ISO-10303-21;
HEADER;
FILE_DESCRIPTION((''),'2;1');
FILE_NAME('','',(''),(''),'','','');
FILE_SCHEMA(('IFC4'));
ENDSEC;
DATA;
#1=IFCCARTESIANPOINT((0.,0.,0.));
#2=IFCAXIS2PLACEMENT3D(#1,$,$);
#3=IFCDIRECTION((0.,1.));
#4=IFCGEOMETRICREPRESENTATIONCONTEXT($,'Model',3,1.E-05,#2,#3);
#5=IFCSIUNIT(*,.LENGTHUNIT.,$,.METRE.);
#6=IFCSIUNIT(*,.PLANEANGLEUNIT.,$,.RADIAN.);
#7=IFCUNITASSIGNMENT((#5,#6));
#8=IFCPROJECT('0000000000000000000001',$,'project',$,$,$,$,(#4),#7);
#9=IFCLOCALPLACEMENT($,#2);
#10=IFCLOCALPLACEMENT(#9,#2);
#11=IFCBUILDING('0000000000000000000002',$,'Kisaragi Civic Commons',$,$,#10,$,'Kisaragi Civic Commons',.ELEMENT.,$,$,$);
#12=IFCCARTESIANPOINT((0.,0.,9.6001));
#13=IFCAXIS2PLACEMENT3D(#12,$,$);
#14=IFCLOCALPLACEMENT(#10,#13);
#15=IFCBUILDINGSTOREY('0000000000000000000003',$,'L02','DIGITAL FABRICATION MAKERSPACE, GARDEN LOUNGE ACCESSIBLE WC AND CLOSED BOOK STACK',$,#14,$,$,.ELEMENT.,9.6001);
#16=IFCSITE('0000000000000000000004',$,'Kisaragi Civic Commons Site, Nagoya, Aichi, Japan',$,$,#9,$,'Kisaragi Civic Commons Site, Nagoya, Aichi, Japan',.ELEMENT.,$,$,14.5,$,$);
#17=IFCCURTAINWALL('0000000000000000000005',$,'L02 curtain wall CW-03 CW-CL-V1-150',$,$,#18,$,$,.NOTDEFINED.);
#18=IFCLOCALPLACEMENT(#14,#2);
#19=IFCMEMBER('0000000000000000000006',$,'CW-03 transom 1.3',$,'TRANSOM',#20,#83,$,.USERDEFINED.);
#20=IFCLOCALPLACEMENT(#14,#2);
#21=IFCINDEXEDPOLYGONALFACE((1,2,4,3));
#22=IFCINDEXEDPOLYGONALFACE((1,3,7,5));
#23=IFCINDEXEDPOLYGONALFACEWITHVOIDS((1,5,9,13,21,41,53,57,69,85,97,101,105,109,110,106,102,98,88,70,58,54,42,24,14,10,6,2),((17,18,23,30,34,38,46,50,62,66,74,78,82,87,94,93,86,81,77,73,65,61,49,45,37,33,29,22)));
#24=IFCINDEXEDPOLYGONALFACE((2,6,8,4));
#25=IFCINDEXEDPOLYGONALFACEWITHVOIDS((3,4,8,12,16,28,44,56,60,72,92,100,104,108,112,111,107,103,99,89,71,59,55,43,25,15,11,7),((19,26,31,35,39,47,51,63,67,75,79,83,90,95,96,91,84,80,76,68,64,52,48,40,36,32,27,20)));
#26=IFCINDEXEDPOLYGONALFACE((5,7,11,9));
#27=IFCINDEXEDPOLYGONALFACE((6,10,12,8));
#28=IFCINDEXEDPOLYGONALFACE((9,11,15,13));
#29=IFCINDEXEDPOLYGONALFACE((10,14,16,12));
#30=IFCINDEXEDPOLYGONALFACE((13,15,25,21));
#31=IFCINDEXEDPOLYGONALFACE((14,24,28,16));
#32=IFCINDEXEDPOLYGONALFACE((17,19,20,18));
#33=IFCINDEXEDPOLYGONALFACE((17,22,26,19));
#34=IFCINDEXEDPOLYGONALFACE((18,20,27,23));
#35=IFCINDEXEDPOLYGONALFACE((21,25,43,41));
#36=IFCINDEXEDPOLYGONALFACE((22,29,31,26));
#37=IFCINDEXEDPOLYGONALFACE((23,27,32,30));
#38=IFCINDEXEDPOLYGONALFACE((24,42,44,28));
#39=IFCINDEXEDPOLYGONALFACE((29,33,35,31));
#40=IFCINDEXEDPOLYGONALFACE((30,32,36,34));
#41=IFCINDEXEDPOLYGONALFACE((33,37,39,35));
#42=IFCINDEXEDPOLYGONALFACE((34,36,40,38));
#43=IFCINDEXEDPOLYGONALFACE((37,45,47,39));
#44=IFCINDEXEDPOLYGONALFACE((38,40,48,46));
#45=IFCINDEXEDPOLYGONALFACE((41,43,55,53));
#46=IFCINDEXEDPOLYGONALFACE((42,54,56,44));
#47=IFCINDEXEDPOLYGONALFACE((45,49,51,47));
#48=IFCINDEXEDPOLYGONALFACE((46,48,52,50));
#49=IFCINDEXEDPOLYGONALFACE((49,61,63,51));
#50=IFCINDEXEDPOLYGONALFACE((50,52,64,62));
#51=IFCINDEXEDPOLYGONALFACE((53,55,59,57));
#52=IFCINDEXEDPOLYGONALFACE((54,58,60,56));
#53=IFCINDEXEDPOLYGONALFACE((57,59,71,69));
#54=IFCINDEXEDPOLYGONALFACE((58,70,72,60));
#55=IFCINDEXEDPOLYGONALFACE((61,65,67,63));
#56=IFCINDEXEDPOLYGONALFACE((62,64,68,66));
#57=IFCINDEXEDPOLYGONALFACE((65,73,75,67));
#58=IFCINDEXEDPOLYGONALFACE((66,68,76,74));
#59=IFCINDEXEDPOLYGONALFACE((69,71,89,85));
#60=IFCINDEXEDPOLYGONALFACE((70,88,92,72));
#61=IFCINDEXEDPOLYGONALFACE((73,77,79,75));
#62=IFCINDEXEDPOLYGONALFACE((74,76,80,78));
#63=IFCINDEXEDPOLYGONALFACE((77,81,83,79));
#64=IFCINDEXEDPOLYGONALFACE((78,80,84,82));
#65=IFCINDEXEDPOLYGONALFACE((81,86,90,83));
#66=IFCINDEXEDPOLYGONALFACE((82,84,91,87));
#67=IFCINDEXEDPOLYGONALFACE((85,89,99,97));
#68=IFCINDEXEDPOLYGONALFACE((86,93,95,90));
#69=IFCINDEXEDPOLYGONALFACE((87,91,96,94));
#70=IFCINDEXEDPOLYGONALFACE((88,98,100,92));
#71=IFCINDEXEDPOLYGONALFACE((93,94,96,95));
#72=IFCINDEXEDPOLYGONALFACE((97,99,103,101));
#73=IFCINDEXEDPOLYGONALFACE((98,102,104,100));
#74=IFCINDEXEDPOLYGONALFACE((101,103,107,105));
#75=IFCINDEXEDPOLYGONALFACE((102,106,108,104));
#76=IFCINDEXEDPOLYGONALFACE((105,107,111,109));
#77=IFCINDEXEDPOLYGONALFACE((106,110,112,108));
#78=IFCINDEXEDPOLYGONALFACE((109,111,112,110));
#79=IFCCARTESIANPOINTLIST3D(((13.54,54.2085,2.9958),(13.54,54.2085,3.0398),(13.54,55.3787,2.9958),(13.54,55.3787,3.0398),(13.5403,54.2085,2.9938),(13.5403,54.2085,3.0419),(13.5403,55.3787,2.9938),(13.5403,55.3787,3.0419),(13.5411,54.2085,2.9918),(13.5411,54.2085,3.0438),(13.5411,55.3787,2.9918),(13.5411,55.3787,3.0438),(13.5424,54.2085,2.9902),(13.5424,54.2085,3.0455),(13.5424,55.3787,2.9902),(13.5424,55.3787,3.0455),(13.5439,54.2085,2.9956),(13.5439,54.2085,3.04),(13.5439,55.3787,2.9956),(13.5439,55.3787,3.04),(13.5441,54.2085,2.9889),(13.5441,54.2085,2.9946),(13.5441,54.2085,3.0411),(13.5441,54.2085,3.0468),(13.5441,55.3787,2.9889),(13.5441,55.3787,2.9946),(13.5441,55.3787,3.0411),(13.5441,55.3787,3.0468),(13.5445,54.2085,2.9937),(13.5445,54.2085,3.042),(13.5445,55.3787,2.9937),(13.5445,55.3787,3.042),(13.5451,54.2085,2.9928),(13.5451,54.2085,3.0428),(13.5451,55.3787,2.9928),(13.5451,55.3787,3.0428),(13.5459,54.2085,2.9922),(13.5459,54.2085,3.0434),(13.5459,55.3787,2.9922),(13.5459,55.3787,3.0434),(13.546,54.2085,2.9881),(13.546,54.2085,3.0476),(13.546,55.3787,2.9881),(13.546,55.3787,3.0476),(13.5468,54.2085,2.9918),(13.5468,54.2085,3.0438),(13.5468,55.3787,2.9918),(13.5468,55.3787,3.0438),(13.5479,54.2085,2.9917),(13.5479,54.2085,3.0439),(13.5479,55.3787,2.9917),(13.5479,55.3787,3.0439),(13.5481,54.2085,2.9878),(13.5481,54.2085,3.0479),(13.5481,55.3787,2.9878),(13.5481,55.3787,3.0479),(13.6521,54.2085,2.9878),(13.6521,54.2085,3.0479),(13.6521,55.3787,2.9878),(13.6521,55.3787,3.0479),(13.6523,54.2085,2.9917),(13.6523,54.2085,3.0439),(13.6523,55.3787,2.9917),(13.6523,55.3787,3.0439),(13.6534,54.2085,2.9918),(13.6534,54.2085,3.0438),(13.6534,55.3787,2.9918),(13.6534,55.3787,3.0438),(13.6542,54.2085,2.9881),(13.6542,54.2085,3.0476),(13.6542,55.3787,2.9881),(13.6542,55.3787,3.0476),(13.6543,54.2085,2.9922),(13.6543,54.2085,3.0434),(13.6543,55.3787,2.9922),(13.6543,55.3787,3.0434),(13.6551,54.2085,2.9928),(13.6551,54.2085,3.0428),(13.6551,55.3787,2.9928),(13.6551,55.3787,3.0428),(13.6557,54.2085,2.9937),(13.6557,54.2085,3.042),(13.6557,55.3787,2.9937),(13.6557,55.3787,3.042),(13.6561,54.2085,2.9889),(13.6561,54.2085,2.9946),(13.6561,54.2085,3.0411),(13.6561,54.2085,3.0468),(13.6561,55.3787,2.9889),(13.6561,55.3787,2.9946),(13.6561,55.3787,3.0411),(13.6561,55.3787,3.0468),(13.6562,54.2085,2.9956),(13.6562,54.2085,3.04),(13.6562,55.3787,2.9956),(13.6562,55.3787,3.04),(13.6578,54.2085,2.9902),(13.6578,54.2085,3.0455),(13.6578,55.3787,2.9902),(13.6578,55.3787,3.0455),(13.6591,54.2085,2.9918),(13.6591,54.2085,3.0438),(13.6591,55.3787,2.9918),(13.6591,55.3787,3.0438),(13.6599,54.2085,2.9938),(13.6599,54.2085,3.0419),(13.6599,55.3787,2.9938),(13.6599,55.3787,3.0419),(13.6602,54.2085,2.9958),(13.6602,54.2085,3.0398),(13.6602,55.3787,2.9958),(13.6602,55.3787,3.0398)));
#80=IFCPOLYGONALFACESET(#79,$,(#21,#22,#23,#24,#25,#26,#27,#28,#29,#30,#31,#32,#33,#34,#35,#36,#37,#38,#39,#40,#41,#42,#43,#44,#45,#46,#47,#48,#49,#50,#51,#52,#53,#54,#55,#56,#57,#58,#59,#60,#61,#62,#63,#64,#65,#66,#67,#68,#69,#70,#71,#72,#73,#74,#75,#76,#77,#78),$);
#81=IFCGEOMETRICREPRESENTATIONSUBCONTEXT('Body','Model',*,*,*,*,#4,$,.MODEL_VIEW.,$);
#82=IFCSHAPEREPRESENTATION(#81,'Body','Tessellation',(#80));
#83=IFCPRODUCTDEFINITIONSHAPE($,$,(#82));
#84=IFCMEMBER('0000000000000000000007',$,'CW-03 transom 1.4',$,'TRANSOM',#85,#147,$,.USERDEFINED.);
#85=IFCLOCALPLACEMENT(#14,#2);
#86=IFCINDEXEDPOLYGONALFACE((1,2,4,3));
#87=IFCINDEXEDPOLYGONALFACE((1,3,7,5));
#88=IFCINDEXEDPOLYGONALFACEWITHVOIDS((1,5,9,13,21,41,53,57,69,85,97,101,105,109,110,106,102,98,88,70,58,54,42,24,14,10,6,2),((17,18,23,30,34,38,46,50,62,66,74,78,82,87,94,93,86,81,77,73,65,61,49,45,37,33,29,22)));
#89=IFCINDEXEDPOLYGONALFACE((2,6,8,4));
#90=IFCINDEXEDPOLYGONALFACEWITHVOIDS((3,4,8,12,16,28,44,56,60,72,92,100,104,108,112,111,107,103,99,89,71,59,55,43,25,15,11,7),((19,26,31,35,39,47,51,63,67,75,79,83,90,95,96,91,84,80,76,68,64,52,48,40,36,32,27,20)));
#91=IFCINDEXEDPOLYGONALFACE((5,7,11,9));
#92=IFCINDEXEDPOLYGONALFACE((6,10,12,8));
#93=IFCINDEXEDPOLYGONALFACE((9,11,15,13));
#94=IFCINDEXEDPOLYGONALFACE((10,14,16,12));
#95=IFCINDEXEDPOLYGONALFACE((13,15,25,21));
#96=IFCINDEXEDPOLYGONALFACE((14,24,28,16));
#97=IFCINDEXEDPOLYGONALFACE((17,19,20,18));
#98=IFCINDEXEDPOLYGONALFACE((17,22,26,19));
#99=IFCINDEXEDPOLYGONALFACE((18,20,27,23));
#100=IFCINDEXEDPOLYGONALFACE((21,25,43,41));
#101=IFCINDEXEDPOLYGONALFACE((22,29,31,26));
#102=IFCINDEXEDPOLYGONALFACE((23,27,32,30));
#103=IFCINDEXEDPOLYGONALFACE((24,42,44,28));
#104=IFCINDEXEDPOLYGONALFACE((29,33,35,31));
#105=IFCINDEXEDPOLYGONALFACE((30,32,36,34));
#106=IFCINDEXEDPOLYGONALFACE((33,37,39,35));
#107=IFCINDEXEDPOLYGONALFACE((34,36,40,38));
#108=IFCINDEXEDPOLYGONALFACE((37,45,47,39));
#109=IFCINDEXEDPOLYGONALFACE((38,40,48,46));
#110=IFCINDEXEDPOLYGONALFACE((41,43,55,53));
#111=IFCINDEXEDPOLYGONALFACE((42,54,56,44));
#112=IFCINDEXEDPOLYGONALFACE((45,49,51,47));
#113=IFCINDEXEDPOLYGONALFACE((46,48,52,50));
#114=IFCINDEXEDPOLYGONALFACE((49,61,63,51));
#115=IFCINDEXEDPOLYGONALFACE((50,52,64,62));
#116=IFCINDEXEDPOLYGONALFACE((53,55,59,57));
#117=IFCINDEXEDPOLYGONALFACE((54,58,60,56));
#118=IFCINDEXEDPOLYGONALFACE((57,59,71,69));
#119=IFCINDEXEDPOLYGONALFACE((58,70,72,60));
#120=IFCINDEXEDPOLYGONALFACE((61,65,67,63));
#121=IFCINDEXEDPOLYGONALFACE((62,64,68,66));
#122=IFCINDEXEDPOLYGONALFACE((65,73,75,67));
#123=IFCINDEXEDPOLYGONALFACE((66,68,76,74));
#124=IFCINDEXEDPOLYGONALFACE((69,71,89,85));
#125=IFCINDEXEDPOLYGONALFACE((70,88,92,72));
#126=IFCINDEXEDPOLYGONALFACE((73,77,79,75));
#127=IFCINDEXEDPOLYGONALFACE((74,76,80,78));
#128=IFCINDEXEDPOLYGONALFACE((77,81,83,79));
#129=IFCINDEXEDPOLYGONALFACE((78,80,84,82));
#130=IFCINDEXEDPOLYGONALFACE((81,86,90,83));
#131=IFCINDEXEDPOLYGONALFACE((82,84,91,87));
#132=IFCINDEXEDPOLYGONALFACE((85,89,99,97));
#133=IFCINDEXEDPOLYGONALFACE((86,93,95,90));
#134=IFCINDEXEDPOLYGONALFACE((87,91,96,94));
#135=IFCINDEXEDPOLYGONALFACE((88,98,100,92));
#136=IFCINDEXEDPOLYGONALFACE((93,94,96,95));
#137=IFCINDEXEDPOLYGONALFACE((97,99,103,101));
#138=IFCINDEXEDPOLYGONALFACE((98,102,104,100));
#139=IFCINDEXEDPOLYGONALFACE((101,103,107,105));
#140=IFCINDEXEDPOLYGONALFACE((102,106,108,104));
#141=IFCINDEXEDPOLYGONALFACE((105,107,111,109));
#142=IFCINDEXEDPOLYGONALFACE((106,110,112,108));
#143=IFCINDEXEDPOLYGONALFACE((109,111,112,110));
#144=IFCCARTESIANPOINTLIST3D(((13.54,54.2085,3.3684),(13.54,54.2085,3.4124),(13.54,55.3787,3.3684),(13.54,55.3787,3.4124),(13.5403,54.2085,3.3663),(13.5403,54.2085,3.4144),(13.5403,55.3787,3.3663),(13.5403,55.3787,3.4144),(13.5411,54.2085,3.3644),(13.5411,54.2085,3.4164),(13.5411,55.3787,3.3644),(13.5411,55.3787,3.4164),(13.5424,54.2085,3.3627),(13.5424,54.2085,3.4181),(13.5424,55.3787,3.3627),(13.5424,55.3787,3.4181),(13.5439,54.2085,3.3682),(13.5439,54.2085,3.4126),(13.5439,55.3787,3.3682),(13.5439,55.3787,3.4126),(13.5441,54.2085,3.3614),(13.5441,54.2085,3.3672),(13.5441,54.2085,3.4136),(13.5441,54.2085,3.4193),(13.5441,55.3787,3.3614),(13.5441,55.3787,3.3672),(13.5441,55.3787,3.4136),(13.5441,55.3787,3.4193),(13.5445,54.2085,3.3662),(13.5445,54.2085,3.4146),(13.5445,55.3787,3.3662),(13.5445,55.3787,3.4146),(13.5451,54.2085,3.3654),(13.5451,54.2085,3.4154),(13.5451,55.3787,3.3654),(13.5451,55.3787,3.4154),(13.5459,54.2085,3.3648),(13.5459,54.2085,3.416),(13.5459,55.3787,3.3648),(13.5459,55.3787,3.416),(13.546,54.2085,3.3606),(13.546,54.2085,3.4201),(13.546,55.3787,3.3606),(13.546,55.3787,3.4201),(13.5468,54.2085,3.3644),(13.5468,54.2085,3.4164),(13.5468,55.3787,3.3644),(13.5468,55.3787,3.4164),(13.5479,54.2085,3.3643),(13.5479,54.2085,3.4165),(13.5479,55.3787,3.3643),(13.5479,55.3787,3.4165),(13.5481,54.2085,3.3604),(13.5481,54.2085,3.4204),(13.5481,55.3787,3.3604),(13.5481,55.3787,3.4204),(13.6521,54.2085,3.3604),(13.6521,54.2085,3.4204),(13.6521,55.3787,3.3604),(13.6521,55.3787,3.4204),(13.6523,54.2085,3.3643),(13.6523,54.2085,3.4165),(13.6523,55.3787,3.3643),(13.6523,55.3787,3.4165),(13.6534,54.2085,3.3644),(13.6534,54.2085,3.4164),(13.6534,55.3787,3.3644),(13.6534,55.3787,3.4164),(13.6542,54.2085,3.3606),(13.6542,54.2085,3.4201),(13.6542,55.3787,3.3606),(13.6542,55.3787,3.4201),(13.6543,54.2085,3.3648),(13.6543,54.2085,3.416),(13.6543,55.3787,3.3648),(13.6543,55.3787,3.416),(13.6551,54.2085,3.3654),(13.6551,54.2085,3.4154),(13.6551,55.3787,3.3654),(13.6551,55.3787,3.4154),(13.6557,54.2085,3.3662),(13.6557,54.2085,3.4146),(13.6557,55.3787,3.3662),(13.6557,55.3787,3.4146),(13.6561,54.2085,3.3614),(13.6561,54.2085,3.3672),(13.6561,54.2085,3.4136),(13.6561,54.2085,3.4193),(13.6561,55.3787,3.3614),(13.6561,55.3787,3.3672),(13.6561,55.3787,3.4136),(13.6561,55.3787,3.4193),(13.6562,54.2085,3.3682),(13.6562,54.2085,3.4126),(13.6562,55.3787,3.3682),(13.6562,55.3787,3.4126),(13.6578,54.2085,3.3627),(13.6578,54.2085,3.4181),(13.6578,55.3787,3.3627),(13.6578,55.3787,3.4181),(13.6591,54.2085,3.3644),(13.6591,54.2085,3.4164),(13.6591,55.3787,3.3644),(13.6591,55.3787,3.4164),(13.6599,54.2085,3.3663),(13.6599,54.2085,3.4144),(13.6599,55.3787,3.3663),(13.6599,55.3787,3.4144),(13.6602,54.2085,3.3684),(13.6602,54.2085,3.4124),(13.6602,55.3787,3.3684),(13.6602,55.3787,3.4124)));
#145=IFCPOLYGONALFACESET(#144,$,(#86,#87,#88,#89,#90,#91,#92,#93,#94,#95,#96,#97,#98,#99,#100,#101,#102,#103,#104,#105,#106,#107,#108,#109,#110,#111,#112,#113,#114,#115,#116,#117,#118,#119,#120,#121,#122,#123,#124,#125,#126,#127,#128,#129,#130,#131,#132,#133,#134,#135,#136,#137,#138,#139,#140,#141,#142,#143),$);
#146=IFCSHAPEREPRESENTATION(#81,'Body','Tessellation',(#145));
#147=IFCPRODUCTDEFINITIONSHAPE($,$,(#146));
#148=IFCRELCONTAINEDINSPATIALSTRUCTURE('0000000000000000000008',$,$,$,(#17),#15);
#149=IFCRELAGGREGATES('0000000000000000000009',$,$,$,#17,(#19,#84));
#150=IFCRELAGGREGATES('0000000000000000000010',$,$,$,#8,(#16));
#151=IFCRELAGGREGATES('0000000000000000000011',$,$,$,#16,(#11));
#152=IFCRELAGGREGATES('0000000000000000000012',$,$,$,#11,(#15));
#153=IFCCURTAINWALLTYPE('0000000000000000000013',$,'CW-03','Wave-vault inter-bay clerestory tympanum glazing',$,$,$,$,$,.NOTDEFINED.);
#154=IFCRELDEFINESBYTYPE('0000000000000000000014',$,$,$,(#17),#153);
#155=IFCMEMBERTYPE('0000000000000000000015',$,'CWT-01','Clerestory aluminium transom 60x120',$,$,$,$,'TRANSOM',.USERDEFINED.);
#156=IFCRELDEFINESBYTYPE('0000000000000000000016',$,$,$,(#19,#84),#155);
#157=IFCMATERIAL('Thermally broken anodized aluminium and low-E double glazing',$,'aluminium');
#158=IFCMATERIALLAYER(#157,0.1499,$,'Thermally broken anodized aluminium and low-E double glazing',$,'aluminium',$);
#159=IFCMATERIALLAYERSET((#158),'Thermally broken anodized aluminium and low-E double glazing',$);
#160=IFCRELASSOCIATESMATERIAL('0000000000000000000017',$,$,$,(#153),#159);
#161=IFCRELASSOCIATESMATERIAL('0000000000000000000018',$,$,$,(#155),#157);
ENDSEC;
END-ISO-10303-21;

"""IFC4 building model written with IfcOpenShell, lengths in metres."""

from ifc_helpers import new_model, si_unit, direction, frame, origin, origin_2d, place, context, subcontext, project, spatial, hollow_rectangle, extrude, material, layer, layer_set, material_profile, profile_set, type_object, element, aggregate, save


model = new_model("IFC4")

# Units and contexts
model_context = context("Model", 3, precision=1e-05, world=origin(), true_north=direction((0.0, 1.0)))
body_context = subcontext(model_context, "Body", "Model", "MODEL_VIEW")
ifc_project = project(units=[si_unit("LENGTHUNIT", "METRE"), si_unit("PLANEANGLEUNIT", "RADIAN")], contexts=[model_context])

# Site, building, storey
site_placement = place(None, origin())
site = spatial("IfcSite", under=ifc_project, at=site_placement, Name="Kisaragi Civic Commons Site, Nagoya, Aichi, Japan", LongName="Kisaragi Civic Commons Site, Nagoya, Aichi, Japan", CompositionType="ELEMENT", RefElevation=14.5)
building_placement = place(site_placement, origin())
building = spatial("IfcBuilding", under=site, at=building_placement, Name="Kisaragi Civic Commons", LongName="Kisaragi Civic Commons", CompositionType="ELEMENT")
storey_placement = place(building_placement, frame((0.0, 0.0, 9.6001)))
storey = spatial("IfcBuildingStorey", under=building, at=storey_placement, Name="L02", Description="DIGITAL FABRICATION MAKERSPACE, GARDEN LOUNGE ACCESSIBLE WC AND CLOSED BOOK STACK", CompositionType="ELEMENT", Elevation=9.6001)

# Curtain wall
ifc_material_1 = material(Name="Thermally broken anodized aluminium and low-E double glazing", Category="aluminium")
ifc_layer_1 = layer(ifc_material_1, 0.1499, Name="Thermally broken anodized aluminium and low-E double glazing", Category="aluminium")
ifc_layer_set_1 = layer_set([ifc_layer_1], Name="Thermally broken anodized aluminium and low-E double glazing")
curtain_wall_type = type_object("IfcCurtainWallType", Name="CW-03", Description="Wave-vault inter-bay clerestory tympanum glazing", PredefinedType="NOTDEFINED", material=ifc_layer_set_1)
curtain_wall_1_placement = place(storey_placement, origin())
curtain_wall_1 = element("IfcCurtainWall", 1, at=curtain_wall_1_placement, inside=storey, type_object=curtain_wall_type, Name="L02 curtain wall CW-03 CW-CL-V1-150", PredefinedType="NOTDEFINED")

# Members
ifc_material_profile_1 = material_profile(ifc_material_1, hollow_rectangle(XDim=0.1201, YDim=0.0601, WallThickness=0.0039, InnerFilletRadius=0.0039, OuterFilletRadius=0.0081, at=origin_2d()), Name="CWT-60x120x4", Category="aluminium")
ifc_profile_set_1 = profile_set([ifc_material_profile_1], Name="Thermally broken anodized aluminium and low-E double glazing")
member_type_1 = type_object("IfcMemberType", Name="CWT-01", Description="Clerestory aluminium transom 60x120", ElementType="TRANSOM", PredefinedType="USERDEFINED", material=ifc_profile_set_1)
member_1_placement = place(storey_placement, frame((13.6001, 54.2085, 3.0178), z_axis=(0.0, 1.0, 0.0), x_axis=(-1.0, 0.0, 0.0)))
member_1 = element("IfcMember", 2, at=member_1_placement, type_object=member_type_1, Name="CW-03 transom 1.3", ObjectType="TRANSOM", PredefinedType="USERDEFINED", context=body_context, shape_type="SweptSolid", body=[
    extrude(hollow_rectangle(XDim=0.1201, YDim=0.0601, WallThickness=0.0039, InnerFilletRadius=0.0039, OuterFilletRadius=0.0081, at=origin_2d()), origin(), (0.0, 0.0, 1.0), 1.1702),
])
member_2_placement = place(storey_placement, frame((13.6001, 54.2085, 3.3904), z_axis=(0.0, 1.0, 0.0), x_axis=(-1.0, 0.0, 0.0)))
member_2 = element("IfcMember", 3, at=member_2_placement, type_object=member_type_1, Name="CW-03 transom 1.4", ObjectType="TRANSOM", PredefinedType="USERDEFINED", context=body_context, shape_type="SweptSolid", body=[
    extrude(hollow_rectangle(XDim=0.1201, YDim=0.0601, WallThickness=0.0039, InnerFilletRadius=0.0039, OuterFilletRadius=0.0081, at=origin_2d()), origin(), (0.0, 0.0, 1.0), 1.1702),
])

aggregate(curtain_wall_1, [member_1, member_2])

save(model, "model.ifc")
